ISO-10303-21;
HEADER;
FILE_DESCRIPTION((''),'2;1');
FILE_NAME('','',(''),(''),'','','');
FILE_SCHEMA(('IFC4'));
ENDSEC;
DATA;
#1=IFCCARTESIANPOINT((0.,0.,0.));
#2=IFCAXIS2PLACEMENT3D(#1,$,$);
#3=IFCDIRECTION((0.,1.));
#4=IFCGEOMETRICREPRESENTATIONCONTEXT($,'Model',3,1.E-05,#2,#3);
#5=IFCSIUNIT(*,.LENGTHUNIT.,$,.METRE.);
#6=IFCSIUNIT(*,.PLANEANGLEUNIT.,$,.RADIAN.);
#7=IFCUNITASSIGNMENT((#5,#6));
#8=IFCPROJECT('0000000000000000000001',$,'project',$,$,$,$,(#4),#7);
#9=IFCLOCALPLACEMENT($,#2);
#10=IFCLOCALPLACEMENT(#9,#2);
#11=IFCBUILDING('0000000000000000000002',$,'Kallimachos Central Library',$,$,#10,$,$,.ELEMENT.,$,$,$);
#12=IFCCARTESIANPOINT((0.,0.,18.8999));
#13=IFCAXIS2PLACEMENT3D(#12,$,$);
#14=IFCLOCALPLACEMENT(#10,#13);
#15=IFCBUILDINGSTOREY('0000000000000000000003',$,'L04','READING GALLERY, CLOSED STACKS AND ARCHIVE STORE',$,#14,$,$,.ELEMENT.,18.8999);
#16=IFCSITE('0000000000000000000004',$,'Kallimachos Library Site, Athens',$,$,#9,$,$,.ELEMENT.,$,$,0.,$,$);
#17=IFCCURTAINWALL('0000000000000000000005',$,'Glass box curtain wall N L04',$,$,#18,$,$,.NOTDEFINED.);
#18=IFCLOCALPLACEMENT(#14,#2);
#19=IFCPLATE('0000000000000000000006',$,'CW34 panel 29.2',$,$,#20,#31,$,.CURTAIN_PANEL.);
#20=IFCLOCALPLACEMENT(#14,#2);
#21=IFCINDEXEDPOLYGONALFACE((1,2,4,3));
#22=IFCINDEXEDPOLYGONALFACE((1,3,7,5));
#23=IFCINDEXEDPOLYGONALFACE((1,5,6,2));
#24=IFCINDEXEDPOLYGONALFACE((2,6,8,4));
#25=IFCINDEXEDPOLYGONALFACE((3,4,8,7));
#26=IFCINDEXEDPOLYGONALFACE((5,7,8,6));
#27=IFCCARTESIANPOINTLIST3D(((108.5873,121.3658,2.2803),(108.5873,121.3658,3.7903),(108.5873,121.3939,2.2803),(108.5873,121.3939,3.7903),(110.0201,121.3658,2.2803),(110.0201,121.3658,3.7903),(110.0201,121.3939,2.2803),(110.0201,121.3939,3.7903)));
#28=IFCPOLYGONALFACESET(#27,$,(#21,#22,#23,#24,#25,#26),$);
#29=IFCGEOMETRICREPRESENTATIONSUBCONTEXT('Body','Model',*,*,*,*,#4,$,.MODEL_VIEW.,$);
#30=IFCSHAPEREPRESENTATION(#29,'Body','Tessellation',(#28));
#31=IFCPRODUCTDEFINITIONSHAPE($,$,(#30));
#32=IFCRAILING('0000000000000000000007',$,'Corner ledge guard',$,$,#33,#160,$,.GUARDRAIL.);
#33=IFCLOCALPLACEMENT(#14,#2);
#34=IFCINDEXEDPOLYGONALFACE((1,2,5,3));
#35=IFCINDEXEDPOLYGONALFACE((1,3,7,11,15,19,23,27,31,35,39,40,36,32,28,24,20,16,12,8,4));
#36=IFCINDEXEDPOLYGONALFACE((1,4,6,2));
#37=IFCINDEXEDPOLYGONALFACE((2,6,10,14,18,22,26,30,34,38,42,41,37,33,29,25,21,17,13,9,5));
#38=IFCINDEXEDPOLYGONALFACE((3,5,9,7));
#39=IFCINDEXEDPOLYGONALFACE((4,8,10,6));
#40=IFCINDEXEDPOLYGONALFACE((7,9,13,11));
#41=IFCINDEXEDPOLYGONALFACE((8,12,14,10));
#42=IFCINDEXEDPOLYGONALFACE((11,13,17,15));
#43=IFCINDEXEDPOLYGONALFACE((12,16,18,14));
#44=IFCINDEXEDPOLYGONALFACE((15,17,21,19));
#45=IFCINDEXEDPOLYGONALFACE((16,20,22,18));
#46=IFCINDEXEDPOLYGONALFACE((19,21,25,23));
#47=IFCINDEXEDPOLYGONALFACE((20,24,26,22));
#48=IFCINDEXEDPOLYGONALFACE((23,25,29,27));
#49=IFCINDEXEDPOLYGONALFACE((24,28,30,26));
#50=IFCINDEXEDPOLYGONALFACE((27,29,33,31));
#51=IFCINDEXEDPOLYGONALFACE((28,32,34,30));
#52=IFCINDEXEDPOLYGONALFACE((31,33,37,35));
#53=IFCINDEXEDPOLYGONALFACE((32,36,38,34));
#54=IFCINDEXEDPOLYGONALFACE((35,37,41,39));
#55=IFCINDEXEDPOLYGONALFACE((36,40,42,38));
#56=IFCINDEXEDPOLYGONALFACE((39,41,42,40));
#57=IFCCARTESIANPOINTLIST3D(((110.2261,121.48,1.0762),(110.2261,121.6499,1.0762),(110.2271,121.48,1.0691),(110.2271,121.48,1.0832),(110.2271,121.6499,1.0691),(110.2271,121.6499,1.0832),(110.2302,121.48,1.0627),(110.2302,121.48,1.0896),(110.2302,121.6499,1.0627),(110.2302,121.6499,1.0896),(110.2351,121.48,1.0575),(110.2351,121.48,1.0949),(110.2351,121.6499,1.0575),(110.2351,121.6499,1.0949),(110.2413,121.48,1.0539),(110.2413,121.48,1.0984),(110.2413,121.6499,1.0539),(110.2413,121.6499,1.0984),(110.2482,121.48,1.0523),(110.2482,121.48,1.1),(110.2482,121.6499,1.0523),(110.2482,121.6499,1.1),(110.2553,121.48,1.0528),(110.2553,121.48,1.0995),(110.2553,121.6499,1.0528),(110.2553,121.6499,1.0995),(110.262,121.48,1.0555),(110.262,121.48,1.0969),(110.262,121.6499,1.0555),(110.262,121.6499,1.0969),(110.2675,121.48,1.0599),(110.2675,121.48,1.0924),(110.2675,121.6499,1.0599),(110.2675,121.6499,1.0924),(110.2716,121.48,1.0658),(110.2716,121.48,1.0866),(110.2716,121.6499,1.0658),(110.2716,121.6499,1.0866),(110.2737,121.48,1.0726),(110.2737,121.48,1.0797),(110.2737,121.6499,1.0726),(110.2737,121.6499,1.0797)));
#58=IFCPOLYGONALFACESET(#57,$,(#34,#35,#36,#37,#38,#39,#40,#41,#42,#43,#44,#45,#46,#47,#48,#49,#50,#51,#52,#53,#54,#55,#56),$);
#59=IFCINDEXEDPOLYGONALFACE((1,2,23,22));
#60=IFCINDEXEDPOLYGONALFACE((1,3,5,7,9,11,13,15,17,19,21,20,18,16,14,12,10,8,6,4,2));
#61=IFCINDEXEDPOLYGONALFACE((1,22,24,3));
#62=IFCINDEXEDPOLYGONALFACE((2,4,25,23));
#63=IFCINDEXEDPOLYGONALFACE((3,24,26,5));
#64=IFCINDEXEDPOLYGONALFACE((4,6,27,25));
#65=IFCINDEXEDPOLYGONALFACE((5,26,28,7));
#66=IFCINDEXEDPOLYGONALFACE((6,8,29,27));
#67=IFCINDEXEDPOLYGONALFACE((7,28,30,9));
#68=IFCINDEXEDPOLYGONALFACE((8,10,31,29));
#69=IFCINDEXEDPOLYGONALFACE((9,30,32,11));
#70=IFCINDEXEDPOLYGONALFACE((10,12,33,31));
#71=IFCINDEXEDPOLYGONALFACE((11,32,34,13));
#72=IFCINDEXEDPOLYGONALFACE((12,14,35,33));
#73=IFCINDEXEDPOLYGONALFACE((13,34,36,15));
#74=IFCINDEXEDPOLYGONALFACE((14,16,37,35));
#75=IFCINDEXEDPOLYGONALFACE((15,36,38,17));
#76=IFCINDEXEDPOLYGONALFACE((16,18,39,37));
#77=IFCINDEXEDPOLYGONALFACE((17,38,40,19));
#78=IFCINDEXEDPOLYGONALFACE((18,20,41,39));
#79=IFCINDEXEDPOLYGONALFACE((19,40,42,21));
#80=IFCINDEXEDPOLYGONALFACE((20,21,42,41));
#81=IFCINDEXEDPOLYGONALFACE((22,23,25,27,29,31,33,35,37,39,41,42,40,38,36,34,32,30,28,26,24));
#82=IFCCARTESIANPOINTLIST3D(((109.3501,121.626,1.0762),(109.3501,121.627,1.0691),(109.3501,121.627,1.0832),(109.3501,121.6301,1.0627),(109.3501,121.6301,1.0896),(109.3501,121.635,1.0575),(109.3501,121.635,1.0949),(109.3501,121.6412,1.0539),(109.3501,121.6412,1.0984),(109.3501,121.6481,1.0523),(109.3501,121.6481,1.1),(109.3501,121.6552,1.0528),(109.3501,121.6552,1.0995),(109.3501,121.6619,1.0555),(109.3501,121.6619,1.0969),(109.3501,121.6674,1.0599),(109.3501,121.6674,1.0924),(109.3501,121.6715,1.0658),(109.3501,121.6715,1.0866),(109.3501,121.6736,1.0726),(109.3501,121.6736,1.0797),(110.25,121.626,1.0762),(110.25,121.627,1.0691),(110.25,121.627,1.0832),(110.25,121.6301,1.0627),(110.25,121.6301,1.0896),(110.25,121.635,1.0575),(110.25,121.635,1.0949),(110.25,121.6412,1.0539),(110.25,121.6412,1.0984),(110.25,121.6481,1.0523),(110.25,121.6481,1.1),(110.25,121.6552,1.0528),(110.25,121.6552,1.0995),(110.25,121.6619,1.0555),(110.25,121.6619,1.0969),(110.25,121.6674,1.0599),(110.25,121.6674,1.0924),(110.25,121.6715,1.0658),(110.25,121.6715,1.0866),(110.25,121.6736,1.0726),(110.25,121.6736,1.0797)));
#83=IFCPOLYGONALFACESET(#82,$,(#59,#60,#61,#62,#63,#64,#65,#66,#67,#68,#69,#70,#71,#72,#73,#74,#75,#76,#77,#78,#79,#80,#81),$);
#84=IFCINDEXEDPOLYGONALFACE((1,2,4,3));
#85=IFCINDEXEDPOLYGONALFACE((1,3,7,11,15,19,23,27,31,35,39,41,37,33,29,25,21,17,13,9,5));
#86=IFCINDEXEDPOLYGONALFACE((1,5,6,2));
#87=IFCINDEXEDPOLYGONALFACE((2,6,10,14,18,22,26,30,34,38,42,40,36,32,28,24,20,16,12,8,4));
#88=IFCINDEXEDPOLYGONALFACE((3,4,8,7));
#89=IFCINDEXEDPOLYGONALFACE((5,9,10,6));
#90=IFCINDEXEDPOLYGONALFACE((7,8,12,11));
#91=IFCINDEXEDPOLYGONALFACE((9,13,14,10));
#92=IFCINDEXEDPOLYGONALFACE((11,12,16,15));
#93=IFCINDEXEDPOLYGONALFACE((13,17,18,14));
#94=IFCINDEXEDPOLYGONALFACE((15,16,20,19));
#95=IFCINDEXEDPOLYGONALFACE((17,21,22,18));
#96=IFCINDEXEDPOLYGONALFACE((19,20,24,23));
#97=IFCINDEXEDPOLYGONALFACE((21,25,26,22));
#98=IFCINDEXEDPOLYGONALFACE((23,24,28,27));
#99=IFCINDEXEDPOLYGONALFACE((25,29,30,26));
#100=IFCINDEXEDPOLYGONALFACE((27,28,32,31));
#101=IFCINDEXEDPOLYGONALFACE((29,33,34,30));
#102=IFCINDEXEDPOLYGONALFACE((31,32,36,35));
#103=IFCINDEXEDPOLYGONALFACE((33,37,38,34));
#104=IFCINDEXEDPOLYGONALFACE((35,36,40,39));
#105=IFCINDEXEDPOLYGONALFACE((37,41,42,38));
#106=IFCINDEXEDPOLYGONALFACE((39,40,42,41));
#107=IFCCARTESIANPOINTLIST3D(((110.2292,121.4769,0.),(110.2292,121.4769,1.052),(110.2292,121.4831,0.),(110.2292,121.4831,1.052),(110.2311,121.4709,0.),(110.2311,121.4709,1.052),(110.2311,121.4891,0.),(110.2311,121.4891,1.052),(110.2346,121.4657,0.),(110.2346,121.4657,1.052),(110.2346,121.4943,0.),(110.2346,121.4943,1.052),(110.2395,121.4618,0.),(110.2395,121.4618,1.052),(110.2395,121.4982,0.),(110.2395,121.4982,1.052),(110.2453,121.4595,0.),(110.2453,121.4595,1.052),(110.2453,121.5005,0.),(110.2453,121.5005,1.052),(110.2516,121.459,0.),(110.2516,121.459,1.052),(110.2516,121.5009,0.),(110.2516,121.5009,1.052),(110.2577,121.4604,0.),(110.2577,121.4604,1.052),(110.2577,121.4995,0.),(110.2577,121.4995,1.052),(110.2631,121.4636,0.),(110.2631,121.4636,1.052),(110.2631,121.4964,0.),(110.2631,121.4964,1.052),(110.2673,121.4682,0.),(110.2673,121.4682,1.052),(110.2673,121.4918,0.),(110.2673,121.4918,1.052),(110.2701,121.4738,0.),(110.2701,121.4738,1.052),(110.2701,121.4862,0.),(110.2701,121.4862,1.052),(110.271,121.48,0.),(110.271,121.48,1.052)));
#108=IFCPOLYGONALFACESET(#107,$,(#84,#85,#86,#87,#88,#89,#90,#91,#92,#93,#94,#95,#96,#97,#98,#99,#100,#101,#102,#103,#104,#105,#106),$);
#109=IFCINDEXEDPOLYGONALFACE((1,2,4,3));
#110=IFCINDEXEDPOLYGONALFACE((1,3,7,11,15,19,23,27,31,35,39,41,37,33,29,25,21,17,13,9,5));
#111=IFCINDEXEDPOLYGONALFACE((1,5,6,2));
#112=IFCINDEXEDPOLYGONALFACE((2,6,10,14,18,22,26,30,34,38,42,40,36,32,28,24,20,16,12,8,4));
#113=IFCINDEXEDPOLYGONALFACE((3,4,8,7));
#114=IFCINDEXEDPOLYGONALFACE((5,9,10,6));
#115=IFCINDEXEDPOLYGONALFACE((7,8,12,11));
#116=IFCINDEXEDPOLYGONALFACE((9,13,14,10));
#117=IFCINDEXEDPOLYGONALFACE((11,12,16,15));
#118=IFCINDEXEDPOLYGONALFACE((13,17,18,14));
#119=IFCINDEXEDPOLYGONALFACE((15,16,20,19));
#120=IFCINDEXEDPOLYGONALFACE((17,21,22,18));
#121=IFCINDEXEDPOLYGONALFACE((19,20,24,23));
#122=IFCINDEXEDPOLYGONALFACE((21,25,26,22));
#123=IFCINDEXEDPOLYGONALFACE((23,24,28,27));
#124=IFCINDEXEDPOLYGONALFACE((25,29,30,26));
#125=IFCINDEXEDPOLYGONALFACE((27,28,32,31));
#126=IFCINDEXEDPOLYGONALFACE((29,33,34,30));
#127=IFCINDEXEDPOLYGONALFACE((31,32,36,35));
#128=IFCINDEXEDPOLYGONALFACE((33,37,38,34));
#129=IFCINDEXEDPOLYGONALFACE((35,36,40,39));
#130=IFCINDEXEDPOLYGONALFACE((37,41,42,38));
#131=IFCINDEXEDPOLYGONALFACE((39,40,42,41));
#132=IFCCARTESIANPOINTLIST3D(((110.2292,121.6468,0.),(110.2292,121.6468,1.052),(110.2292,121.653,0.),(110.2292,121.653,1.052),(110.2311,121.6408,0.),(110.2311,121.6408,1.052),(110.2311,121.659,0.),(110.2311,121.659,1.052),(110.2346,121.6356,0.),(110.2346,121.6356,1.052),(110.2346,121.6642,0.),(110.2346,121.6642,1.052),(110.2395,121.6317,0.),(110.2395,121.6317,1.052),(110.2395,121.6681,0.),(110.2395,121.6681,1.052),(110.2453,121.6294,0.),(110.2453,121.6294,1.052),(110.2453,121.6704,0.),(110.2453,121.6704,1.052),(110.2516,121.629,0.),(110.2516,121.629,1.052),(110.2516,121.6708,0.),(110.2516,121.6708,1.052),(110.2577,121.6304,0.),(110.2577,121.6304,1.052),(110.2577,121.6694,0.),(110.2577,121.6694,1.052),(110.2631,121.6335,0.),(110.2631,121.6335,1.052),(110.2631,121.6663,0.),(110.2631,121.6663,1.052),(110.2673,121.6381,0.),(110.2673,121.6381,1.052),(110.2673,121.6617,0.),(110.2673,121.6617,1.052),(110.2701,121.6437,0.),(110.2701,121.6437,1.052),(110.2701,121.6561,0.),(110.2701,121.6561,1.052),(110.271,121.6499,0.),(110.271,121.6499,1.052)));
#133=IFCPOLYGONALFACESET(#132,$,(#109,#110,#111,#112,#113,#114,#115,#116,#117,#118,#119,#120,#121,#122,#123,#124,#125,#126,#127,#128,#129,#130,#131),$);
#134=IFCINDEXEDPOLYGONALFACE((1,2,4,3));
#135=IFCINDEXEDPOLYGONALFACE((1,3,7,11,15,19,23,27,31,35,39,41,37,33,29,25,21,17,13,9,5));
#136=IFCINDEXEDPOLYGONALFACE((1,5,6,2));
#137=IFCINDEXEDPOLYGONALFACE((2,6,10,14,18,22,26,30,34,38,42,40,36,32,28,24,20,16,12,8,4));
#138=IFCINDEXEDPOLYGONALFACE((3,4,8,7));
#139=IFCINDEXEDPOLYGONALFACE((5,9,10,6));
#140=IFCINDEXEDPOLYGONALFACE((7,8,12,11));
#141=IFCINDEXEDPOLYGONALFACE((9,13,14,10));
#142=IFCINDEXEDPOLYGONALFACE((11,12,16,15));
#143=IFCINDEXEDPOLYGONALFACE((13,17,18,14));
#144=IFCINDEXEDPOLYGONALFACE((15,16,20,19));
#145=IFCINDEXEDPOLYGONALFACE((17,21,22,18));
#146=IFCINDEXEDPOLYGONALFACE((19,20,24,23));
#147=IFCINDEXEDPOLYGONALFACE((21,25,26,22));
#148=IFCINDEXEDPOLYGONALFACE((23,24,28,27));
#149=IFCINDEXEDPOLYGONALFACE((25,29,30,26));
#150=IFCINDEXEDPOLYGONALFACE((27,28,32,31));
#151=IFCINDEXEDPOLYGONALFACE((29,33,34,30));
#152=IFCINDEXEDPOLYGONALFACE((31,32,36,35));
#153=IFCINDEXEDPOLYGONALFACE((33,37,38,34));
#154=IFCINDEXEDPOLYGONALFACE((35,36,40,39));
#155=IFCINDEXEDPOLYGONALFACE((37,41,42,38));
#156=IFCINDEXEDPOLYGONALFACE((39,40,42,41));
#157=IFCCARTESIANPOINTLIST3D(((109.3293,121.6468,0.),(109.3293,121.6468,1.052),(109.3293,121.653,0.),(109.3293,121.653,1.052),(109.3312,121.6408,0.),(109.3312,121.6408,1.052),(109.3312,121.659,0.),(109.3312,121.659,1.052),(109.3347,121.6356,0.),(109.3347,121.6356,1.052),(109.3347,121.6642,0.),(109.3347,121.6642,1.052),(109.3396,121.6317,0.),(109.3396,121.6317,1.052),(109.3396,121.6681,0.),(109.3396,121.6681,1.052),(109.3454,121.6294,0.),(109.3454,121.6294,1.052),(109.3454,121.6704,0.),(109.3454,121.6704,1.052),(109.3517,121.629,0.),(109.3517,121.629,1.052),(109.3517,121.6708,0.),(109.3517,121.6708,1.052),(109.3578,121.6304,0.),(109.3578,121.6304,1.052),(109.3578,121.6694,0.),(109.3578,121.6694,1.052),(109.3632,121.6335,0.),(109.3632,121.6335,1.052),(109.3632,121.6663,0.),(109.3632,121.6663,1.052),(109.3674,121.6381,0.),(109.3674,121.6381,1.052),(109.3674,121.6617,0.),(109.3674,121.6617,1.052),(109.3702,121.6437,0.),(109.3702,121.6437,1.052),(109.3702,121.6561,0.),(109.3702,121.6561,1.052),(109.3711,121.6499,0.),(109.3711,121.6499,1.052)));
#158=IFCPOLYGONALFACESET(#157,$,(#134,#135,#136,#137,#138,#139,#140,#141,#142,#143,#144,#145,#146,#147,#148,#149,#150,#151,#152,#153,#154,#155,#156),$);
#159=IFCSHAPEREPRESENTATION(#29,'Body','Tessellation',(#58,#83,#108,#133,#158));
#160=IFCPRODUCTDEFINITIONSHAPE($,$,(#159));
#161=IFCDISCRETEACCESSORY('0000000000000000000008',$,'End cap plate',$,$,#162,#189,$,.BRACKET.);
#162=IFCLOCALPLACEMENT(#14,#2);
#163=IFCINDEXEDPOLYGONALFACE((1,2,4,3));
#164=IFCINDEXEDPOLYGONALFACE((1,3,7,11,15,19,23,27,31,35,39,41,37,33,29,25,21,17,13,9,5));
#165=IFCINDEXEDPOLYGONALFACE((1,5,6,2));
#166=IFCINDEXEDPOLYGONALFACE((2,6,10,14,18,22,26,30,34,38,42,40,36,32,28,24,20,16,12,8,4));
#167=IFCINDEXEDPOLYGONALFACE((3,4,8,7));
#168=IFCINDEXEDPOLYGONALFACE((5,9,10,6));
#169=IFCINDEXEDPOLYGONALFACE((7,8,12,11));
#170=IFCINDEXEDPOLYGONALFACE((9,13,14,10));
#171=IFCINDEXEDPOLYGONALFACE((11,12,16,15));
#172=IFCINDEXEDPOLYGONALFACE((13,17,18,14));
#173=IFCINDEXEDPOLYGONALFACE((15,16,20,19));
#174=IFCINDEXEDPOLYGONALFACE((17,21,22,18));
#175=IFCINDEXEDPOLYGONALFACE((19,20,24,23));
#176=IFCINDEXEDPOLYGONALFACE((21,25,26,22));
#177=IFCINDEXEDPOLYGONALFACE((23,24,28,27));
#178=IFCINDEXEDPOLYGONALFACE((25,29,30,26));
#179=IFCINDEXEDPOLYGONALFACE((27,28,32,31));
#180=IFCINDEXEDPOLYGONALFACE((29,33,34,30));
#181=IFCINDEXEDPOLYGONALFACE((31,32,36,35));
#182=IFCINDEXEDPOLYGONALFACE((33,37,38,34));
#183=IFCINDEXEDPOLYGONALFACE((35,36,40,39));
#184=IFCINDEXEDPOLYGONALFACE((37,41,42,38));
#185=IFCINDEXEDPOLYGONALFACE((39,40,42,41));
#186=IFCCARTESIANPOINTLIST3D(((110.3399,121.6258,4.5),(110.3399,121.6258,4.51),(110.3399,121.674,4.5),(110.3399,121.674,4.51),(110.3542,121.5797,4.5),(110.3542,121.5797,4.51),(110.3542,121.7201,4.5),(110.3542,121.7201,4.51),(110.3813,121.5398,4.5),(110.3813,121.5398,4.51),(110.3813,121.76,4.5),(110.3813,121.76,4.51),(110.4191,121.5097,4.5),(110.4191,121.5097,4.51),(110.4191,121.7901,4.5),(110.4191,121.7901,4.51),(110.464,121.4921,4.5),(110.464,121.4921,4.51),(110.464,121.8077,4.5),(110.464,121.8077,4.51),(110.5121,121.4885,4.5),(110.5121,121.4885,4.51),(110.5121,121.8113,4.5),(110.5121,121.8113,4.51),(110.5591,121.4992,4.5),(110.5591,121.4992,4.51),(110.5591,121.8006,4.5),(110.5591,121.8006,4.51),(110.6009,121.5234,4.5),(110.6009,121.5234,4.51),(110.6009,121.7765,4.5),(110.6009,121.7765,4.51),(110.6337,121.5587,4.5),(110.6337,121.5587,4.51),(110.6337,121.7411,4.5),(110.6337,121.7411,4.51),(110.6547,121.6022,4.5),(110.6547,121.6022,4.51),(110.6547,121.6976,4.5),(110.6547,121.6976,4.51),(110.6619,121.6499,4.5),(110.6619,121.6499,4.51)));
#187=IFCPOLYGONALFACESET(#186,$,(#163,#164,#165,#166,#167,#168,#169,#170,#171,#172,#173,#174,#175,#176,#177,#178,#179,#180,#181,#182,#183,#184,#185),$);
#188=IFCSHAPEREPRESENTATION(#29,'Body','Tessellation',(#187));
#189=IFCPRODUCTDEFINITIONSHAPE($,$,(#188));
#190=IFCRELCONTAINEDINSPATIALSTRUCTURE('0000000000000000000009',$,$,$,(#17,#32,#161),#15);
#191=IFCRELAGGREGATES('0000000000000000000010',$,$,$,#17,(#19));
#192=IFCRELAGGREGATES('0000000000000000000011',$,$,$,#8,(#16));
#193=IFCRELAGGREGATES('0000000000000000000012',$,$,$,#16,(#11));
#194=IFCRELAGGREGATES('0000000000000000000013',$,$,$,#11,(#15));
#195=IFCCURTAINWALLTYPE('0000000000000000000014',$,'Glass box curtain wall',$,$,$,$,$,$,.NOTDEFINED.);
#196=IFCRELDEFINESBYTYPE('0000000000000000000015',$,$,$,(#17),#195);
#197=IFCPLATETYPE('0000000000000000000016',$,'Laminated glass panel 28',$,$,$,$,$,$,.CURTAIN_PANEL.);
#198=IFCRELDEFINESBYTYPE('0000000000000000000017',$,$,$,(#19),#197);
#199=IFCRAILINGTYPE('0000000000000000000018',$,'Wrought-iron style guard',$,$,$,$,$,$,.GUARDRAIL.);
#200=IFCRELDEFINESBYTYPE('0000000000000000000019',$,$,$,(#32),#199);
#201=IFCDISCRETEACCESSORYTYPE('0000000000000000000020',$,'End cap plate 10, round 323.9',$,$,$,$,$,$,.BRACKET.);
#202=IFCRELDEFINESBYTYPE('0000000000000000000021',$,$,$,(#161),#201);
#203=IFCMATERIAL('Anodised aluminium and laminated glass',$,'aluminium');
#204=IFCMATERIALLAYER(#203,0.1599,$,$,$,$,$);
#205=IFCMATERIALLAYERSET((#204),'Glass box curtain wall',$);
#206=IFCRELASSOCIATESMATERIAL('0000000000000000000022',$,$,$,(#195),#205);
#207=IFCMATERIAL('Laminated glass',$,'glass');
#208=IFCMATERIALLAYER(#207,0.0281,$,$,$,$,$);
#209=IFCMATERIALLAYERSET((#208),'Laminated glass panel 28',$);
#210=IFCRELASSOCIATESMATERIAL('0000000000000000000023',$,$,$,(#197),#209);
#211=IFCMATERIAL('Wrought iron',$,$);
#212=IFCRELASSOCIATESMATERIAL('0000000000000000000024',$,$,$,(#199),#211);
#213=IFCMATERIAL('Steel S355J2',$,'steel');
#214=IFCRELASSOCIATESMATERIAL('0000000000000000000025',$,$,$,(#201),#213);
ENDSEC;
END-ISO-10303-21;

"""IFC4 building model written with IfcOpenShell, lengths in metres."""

from ifc_helpers import new_model, si_unit, direction, frame, origin, origin_2d, place, context, subcontext, project, spatial, rectangle, circle, extrude, material, layer, layer_set, material_profile, profile_set, type_object, element, aggregate, save


model = new_model("IFC4")

# Units and contexts
model_context = context("Model", 3, precision=1e-05, world=origin(), true_north=direction((0.0, 1.0)))
body_context = subcontext(model_context, "Body", "Model", "MODEL_VIEW")
ifc_project = project(units=[si_unit("LENGTHUNIT", "METRE"), si_unit("PLANEANGLEUNIT", "RADIAN")], contexts=[model_context])

# Site, building, storey
site_placement = place(None, origin())
site = spatial("IfcSite", under=ifc_project, at=site_placement, Name="Kallimachos Library Site, Athens", CompositionType="ELEMENT", RefElevation=0.0)
building_placement = place(site_placement, origin())
building = spatial("IfcBuilding", under=site, at=building_placement, Name="Kallimachos Central Library", CompositionType="ELEMENT")
storey_placement = place(building_placement, frame((0.0, 0.0, 18.8999)))
storey = spatial("IfcBuildingStorey", under=building, at=storey_placement, Name="L04", Description="READING GALLERY, CLOSED STACKS AND ARCHIVE STORE", CompositionType="ELEMENT", Elevation=18.8999)

# Shared definitions
ifc_material_1 = material(Name="Anodised aluminium and laminated glass", Category="aluminium")
ifc_layer_1 = layer(ifc_material_1, 0.1599)
ifc_layer_set_1 = layer_set([ifc_layer_1], Name="Glass box curtain wall")
curtain_wall_type = type_object("IfcCurtainWallType", Name="Glass box curtain wall", PredefinedType="NOTDEFINED", material=ifc_layer_set_1)

# Curtain wall, plate
curtain_wall_1_placement = place(storey_placement, origin())
curtain_wall_1 = element("IfcCurtainWall", 1, at=curtain_wall_1_placement, inside=storey, type_object=curtain_wall_type, Name="Glass box curtain wall N L04", PredefinedType="NOTDEFINED")
ifc_material_2 = material(Name="Laminated glass", Category="glass")
ifc_layer_2 = layer(ifc_material_2, 0.0281)
ifc_layer_set_2 = layer_set([ifc_layer_2], Name="Laminated glass panel 28")
plate_type = type_object("IfcPlateType", Name="Laminated glass panel 28", PredefinedType="CURTAIN_PANEL", material=ifc_layer_set_2)
plate_1_placement = place(storey_placement, frame((109.3037, 121.3799, 2.2803), z_axis=(0.0, 0.0, 1.0), x_axis=(1.0, 0.0, 0.0)))
plate_1 = element("IfcPlate", 2, at=plate_1_placement, type_object=plate_type, Name="CW34 panel 29.2", PredefinedType="CURTAIN_PANEL", context=body_context, shape_type="SweptSolid", body=[
    extrude(rectangle(XDim=1.4329, YDim=0.0281, at=origin_2d()), origin(), (0.0, 0.0, 1.0), 1.51),
])
aggregate(curtain_wall_1, [plate_1])

# Railing
ifc_material_3 = material(Name="Wrought iron")
railing_type = type_object("IfcRailingType", Name="Wrought-iron style guard", PredefinedType="GUARDRAIL", material=ifc_material_3)
railing_placement = place(storey_placement, frame((110.25, 121.48, 0.0)))
element("IfcRailing", 3, at=railing_placement, inside=storey, type_object=railing_type, Name="Corner ledge guard", PredefinedType="GUARDRAIL", context=body_context, shape_type="SweptSolid", body=[
    extrude(circle(Radius=0.0239, at=origin_2d()), frame((0.0, 0.0, 1.0762), z_axis=(0.0, 1.0, 0.0), x_axis=(-1.0, 0.0, 0.0)), (0.0, 0.0, 1.0), 0.1699),
    extrude(circle(Radius=0.0239, at=origin_2d()), frame((0.0, 0.1699, 1.0762), z_axis=(-1.0, 0.0, 0.0), x_axis=(0.0, -1.0, 0.0)), (0.0, 0.0, 1.0), 0.8999),
    extrude(circle(Radius=0.021, at=origin_2d()), origin(), (0.0, 0.0, 1.0), 1.052),
    extrude(circle(Radius=0.021, at=origin_2d()), frame((0.0, 0.1699, 0.0)), (0.0, 0.0, 1.0), 1.052),
    extrude(circle(Radius=0.021, at=origin_2d()), frame((-0.8999, 0.1699, 0.0)), (0.0, 0.0, 1.0), 1.052),
])

# Discrete accessory
ifc_material_4 = material(Name="Steel S355J2", Category="steel")
ifc_material_profile_1 = material_profile(ifc_material_4, circle(Radius=0.1619, at=origin_2d()), Name="End cap plate 10, round 323.9")
ifc_profile_set_1 = profile_set([ifc_material_profile_1], Name="Steel S355J2")
discrete_accessory_type = type_object("IfcDiscreteAccessoryType", Name="End cap plate 10, round 323.9", PredefinedType="BRACKET", material=ifc_profile_set_1)
discrete_accessory_placement = place(storey_placement, frame((110.5, 121.6499, 4.5), z_axis=(0.0, 0.0, 1.0), x_axis=(1.0, 0.0, 0.0)))
element("IfcDiscreteAccessory", 4, at=discrete_accessory_placement, inside=storey, type_object=discrete_accessory_type, Name="End cap plate", PredefinedType="BRACKET", context=body_context, shape_type="SweptSolid", body=[
    extrude(circle(Radius=0.1619, at=origin_2d()), origin(), (0.0, 0.0, 1.0), 0.01),
])

save(model, "model.ifc")
